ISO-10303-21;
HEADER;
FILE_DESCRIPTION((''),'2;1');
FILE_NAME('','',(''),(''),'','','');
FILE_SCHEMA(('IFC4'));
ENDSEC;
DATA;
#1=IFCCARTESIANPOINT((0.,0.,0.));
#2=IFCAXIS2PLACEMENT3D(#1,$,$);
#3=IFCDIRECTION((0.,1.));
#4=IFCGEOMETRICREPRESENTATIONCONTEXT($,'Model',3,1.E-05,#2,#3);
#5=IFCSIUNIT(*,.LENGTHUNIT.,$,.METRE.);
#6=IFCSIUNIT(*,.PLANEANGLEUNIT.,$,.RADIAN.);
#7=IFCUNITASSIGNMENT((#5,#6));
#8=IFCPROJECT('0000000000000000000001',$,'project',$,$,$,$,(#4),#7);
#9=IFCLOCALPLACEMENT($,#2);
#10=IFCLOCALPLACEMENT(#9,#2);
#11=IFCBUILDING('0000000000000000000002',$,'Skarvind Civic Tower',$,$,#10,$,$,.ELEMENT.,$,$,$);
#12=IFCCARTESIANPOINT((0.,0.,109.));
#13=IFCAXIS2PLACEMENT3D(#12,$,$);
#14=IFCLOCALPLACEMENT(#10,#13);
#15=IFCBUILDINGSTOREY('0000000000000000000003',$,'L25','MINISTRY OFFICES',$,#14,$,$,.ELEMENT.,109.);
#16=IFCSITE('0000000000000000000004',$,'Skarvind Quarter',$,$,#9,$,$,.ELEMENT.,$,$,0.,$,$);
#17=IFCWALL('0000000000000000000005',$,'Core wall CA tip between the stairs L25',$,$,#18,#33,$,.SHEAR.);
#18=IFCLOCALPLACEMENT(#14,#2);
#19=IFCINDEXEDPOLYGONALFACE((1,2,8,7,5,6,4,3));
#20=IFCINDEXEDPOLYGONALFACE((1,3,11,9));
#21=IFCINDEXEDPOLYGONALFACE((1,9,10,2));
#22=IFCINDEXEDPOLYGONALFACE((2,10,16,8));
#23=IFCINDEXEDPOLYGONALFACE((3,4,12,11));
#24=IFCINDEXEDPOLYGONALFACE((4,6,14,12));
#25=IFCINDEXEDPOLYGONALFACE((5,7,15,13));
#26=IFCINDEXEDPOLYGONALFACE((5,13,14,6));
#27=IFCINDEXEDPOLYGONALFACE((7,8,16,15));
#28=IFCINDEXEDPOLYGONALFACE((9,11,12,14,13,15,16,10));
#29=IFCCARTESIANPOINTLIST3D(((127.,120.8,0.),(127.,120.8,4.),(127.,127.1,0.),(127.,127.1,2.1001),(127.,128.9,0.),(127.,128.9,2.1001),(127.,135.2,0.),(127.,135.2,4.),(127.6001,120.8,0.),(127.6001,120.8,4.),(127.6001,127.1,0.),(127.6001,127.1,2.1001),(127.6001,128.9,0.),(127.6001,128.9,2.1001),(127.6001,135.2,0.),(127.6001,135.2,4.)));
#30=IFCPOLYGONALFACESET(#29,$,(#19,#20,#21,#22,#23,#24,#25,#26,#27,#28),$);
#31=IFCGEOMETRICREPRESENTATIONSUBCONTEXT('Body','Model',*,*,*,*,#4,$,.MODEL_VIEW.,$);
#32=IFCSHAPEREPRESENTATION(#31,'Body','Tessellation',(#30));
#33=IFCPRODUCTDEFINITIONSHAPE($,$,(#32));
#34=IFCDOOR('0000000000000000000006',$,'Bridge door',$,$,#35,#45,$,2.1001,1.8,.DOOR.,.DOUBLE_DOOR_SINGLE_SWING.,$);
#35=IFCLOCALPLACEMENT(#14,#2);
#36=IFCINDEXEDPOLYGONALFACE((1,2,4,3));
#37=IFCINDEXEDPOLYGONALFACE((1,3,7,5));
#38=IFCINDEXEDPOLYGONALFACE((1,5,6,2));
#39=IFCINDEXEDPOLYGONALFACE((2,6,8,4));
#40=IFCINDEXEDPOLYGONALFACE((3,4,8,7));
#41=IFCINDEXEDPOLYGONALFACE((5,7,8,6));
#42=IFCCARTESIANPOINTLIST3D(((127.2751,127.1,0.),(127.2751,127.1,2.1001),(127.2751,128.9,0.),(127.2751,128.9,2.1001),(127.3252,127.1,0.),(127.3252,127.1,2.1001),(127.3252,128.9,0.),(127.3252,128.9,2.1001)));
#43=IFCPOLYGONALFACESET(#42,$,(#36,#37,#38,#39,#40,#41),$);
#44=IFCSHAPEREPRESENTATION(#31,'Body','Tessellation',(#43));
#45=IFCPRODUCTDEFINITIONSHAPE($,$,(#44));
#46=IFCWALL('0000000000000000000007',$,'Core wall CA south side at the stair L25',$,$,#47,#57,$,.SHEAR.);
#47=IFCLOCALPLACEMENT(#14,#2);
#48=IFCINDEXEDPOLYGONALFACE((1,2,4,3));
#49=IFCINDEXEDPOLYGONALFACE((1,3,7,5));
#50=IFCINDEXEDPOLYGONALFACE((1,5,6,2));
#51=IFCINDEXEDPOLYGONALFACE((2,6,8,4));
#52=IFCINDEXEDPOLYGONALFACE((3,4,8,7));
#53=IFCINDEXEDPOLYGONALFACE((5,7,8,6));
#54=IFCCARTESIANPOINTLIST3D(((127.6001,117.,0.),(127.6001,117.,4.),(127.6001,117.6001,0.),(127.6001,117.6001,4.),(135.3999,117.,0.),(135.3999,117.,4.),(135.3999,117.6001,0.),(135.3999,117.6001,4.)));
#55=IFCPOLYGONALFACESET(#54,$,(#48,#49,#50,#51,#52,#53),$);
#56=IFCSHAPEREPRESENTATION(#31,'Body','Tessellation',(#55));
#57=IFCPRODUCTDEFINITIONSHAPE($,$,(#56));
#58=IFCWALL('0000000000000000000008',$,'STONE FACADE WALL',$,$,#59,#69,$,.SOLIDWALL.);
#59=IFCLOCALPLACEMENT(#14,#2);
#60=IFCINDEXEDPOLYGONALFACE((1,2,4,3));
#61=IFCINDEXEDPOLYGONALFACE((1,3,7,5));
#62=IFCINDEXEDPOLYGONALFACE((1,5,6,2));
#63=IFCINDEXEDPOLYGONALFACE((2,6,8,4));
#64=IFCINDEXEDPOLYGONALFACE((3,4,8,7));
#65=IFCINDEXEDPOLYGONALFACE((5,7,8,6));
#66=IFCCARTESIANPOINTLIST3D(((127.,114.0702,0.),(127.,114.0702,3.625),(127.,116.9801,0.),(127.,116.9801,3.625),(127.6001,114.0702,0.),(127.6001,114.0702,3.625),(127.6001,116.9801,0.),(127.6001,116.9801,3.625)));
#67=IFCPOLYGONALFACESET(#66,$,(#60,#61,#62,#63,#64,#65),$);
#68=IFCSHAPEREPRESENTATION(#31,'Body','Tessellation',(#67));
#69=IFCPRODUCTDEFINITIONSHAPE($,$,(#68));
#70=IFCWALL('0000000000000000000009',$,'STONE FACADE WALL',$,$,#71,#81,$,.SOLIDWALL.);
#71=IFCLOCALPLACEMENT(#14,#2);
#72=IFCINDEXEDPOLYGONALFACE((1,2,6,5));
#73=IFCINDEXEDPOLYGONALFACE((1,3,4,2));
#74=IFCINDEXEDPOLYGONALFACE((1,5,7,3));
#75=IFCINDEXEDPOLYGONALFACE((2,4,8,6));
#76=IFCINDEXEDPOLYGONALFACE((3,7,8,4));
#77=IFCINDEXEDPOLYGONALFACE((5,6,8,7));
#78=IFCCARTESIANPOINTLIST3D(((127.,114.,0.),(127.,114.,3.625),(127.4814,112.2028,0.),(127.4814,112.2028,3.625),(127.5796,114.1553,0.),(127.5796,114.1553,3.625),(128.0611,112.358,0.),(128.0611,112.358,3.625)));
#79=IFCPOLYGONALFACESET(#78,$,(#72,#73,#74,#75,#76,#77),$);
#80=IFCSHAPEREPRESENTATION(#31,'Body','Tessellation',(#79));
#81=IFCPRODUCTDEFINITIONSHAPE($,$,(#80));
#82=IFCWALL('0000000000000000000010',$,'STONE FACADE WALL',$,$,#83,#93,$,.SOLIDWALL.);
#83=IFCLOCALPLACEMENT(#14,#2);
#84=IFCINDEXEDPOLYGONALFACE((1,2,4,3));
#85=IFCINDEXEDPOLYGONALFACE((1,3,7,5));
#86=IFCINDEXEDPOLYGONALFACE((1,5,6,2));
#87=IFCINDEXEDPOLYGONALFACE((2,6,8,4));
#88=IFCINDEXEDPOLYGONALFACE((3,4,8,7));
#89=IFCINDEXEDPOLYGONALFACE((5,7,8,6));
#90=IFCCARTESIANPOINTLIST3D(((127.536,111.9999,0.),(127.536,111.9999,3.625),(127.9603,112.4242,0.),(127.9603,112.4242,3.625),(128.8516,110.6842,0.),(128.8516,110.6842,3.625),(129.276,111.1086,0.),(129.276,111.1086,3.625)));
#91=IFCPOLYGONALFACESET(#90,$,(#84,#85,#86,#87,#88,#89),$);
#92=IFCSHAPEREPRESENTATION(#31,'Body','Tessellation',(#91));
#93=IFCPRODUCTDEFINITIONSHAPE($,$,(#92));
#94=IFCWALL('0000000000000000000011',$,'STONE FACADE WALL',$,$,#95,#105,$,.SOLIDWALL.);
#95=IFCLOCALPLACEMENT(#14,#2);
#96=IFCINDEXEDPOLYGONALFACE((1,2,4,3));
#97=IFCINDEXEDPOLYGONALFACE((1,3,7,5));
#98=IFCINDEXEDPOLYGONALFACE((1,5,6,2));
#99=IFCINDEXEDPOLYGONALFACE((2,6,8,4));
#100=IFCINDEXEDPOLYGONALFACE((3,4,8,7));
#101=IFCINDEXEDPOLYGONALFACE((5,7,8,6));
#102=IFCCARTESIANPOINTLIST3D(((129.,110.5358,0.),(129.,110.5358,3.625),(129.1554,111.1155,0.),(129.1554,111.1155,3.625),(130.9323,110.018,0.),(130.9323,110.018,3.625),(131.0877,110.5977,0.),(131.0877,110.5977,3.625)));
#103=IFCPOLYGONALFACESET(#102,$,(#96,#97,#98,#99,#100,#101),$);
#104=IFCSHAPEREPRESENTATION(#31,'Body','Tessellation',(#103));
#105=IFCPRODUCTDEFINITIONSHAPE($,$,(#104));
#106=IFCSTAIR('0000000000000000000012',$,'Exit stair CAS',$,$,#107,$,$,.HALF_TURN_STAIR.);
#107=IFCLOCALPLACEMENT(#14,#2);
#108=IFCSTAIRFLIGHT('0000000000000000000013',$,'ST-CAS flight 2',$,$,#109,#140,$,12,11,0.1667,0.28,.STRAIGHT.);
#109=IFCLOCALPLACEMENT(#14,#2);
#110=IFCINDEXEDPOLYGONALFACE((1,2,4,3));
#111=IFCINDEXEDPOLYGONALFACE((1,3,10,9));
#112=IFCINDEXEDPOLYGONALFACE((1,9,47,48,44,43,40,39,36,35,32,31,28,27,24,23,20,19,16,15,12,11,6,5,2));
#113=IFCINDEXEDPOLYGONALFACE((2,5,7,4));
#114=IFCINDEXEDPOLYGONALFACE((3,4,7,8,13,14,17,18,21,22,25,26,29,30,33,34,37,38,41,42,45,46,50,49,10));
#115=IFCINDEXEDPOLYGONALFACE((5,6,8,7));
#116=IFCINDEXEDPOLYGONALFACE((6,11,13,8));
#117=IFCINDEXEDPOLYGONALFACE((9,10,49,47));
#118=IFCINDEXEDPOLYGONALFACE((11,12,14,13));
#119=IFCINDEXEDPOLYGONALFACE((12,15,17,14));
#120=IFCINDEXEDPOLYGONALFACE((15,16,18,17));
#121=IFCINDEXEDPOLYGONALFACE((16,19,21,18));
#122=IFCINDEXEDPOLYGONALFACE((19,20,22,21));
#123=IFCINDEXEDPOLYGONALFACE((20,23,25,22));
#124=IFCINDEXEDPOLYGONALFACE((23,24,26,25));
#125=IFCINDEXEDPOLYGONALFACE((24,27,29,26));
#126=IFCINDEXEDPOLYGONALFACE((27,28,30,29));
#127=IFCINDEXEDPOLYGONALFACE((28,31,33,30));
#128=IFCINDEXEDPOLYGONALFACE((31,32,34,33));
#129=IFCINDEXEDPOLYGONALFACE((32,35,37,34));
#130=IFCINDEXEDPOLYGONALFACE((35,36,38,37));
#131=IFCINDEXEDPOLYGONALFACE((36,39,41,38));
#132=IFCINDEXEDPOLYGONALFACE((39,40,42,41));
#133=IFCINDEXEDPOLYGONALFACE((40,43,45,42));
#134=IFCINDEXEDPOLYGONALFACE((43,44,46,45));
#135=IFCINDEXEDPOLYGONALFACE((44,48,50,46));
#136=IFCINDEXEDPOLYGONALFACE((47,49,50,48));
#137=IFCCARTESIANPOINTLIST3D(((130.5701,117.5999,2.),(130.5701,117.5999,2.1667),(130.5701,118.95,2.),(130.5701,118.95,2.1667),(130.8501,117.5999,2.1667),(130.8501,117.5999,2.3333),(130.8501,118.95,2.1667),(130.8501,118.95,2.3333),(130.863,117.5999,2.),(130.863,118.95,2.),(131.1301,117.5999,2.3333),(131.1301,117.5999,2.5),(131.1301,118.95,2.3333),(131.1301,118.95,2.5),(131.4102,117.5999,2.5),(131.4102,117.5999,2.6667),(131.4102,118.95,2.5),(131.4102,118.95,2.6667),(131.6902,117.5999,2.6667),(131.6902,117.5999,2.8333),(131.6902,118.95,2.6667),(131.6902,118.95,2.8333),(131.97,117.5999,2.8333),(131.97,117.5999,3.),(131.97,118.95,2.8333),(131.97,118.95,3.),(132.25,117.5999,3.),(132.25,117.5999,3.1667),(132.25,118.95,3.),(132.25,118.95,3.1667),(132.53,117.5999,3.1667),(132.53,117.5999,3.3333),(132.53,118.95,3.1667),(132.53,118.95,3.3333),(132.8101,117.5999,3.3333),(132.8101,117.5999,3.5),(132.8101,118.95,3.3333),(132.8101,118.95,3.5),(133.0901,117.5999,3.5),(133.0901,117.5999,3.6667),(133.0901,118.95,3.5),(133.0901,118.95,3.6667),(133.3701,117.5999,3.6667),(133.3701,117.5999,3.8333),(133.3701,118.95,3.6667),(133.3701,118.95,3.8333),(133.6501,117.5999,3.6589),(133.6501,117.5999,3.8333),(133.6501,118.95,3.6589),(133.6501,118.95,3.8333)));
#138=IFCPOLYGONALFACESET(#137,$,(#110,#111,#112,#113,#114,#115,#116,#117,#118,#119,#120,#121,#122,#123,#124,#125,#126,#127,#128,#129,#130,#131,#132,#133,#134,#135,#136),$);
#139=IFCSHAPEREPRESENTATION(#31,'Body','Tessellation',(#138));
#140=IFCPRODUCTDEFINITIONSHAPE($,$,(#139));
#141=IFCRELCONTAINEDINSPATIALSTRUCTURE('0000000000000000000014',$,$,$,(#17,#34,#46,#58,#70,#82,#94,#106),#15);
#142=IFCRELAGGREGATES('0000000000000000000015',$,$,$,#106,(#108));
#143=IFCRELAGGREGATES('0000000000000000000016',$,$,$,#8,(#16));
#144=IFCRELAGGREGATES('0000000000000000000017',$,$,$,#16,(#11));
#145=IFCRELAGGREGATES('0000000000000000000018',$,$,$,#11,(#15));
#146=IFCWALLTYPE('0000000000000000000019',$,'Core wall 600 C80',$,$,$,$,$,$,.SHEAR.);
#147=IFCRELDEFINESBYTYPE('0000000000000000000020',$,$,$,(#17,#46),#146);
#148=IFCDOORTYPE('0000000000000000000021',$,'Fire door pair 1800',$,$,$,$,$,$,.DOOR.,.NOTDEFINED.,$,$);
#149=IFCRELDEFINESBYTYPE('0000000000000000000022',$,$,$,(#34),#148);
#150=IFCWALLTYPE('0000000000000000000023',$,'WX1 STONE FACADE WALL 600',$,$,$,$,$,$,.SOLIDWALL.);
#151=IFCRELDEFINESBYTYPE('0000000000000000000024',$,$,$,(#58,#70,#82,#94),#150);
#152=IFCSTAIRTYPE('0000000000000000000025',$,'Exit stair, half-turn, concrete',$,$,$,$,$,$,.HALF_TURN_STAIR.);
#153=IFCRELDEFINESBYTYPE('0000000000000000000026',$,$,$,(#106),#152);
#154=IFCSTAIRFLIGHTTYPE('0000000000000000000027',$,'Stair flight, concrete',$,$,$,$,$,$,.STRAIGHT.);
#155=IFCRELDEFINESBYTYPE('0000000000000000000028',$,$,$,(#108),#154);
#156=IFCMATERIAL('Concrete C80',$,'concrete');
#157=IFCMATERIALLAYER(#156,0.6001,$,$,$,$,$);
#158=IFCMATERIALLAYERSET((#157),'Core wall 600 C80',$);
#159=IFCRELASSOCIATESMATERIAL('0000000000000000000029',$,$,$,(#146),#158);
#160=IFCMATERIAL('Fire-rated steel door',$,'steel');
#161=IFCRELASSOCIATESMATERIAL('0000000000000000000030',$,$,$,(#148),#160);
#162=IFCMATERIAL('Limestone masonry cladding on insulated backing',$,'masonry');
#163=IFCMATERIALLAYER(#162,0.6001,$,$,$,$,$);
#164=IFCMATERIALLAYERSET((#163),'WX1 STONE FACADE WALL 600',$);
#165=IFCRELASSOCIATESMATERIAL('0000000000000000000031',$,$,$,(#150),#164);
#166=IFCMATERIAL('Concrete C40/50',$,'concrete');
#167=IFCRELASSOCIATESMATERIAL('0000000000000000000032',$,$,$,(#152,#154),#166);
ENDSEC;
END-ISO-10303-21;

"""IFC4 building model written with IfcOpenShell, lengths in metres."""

from ifc_helpers import new_model, si_unit, direction, frame, frame_2d, origin, place, context, subcontext, project, spatial, polyline, rectangle, outline, extrude, material, layer, layer_set, type_object, element, fill, aggregate, save


model = new_model("IFC4")

# Units and contexts
model_context = context("Model", 3, precision=1e-05, world=origin(), true_north=direction((0.0, 1.0)))
body_context = subcontext(model_context, "Body", "Model", "MODEL_VIEW")
ifc_project = project(units=[si_unit("LENGTHUNIT", "METRE"), si_unit("PLANEANGLEUNIT", "RADIAN")], contexts=[model_context])

# Site, building, storey
site_placement = place(None, origin())
site = spatial("IfcSite", under=ifc_project, at=site_placement, Name="Skarvind Quarter", CompositionType="ELEMENT", RefElevation=0.0)
building_placement = place(site_placement, origin())
building = spatial("IfcBuilding", under=site, at=building_placement, Name="Skarvind Civic Tower", CompositionType="ELEMENT")
storey_placement = place(building_placement, frame((0.0, 0.0, 109.0)))
storey = spatial("IfcBuildingStorey", under=building, at=storey_placement, Name="L25", Description="MINISTRY OFFICES", CompositionType="ELEMENT", Elevation=109.0)

# Shared definitions
ifc_material_1 = material(Name="Concrete C80", Category="concrete")

# Shared definitions
ifc_layer_1 = layer(ifc_material_1, 0.6001)
ifc_layer_set_1 = layer_set([ifc_layer_1], Name="Core wall 600 C80")
wall_type_1 = type_object("IfcWallType", Name="Core wall 600 C80", PredefinedType="SHEAR", material=ifc_layer_set_1)

# Wall, opening, door
wall_1_placement = place(storey_placement, frame((127.3, 120.8, 0.0), z_axis=(0.0, 0.0, 1.0), x_axis=(0.0, 1.0, 0.0)))
wall_1 = element("IfcWall", 1, at=wall_1_placement, inside=storey, type_object=wall_type_1, Name="Core wall CA tip between the stairs L25", PredefinedType="SHEAR", context=body_context, shape_type="SweptSolid", body=[
    extrude(rectangle(XDim=14.3999, YDim=0.6001, at=frame_2d((7.2, 0.0))), origin(), (0.0, 0.0, 1.0), 4.0),
])
opening_1_placement = place(wall_1_placement, frame((6.3, 0.0, 0.0)))
opening_1 = element("IfcOpeningElement", 2, at=opening_1_placement, cuts=wall_1, PredefinedType="OPENING", context=body_context, shape_type="SweptSolid", body=[
    extrude(rectangle(XDim=1.8, YDim=2.1001, at=frame_2d((0.8999, 1.05))), frame((0.0, 0.3101, 0.0), z_axis=(0.0, -1.0, 0.0), x_axis=(1.0, 0.0, 0.0)), (0.0, 0.0, 1.0), 0.6201),
])
ifc_material_2 = material(Name="Fire-rated steel door", Category="steel")
door_type_1 = type_object("IfcDoorType", Name="Fire door pair 1800", OperationType="NOTDEFINED", PredefinedType="DOOR", material=ifc_material_2)
door_1_placement = place(opening_1_placement, origin())
door_1 = element("IfcDoor", 3, at=door_1_placement, inside=storey, type_object=door_type_1, Name="Bridge door", OperationType="DOUBLE_DOOR_SINGLE_SWING", OverallHeight=2.1001, OverallWidth=1.8, PredefinedType="DOOR", context=body_context, shape_type="SweptSolid", body=[
    extrude(rectangle(XDim=1.8, YDim=2.1001, at=frame_2d((0.8999, 1.05))), frame((0.0, 0.0249, 0.0), z_axis=(0.0, -1.0, 0.0), x_axis=(1.0, 0.0, 0.0)), (0.0, 0.0, 1.0), 0.05),
])
fill(opening_1, door_1)

# Walls
wall_2_placement = place(storey_placement, frame((127.6001, 117.3, 0.0), z_axis=(0.0, 0.0, 1.0), x_axis=(1.0, 0.0, 0.0)))
element("IfcWall", 4, at=wall_2_placement, inside=storey, type_object=wall_type_1, Name="Core wall CA south side at the stair L25", PredefinedType="SHEAR", context=body_context, shape_type="SweptSolid", body=[
    extrude(rectangle(XDim=7.7998, YDim=0.6001, at=frame_2d((3.8999, 0.0))), origin(), (0.0, 0.0, 1.0), 4.0),
])
ifc_material_3 = material(Name="Limestone masonry cladding on insulated backing", Category="masonry")
ifc_layer_2 = layer(ifc_material_3, 0.6001)
ifc_layer_set_2 = layer_set([ifc_layer_2], Name="WX1 STONE FACADE WALL 600")
wall_type_2 = type_object("IfcWallType", Name="WX1 STONE FACADE WALL 600", PredefinedType="SOLIDWALL", material=ifc_layer_set_2)
wall_3_placement = place(storey_placement, frame((127.3, 114.0701, 0.0), z_axis=(0.0, 0.0, 1.0), x_axis=(0.0, 1.0, 0.0)))
element("IfcWall", 5, at=wall_3_placement, inside=storey, type_object=wall_type_2, Name="STONE FACADE WALL", PredefinedType="SOLIDWALL", context=body_context, shape_type="SweptSolid", body=[
    extrude(rectangle(XDim=2.9099, YDim=0.6001, at=frame_2d((1.4551, 0.0))), origin(), (0.0, 0.0, 1.0), 3.625),
])
for number, where, z_axis, x_axis, name in (
    (6, (127.7712, 112.2805, 0.0), (0.0, 0.0, 1.0), (-0.258773, 0.965938, 0.0), "STONE FACADE WALL"),
    (7, (129.0637, 110.8965, 0.0), (0.0, 0.0, 1.0), (-0.707107, 0.707107, 0.0), "STONE FACADE WALL"),
):
    element("IfcWall", number, at=place(storey_placement, frame(where, z_axis=z_axis, x_axis=x_axis)), inside=storey, type_object=wall_type_2, Name=name, PredefinedType="SOLIDWALL", context=body_context, shape_type="SweptSolid", body=[
        extrude(rectangle(XDim=1.8606, YDim=0.6001, at=frame_2d((0.9302, 0.0))), origin(), (0.0, 0.0, 1.0), 3.625),
    ])
wall_4_placement = place(storey_placement, frame((131.01, 110.3079, 0.0), z_axis=(0.0, 0.0, 1.0), x_axis=(-0.96592, 0.25884, 0.0)))
element("IfcWall", 8, at=wall_4_placement, inside=storey, type_object=wall_type_2, Name="STONE FACADE WALL", PredefinedType="SOLIDWALL", context=body_context, shape_type="SweptSolid", body=[
    extrude(rectangle(XDim=2.0005, YDim=0.6001, at=frame_2d((1.0002, 0.0))), origin(), (0.0, 0.0, 1.0), 3.625),
])

# Stair, stair flight
ifc_material_4 = material(Name="Concrete C40/50", Category="concrete")
stair_type = type_object("IfcStairType", Name="Exit stair, half-turn, concrete", PredefinedType="HALF_TURN_STAIR", material=ifc_material_4)
stair_placement = place(storey_placement, origin())
stair = element("IfcStair", 9, at=stair_placement, inside=storey, type_object=stair_type, Name="Exit stair CAS", PredefinedType="HALF_TURN_STAIR")
stair_flight_type = type_object("IfcStairFlightType", Name="Stair flight, concrete", PredefinedType="STRAIGHT", material=ifc_material_4)
stair_flight_placement = place(storey_placement, frame((130.5701, 118.2749, 2.0), z_axis=(0.0, 0.0, 1.0), x_axis=(1.0, 0.0, 0.0)))
stair_flight = element("IfcStairFlight", 10, at=stair_flight_placement, type_object=stair_flight_type, Name="ST-CAS flight 2", NumberOfRisers=12, NumberOfTreads=11, PredefinedType="STRAIGHT", RiserHeight=0.1667, TreadLength=0.28, context=body_context, shape_type="SweptSolid", body=[
    extrude(outline(polyline([(0.0, 0.0), (0.0, 0.1667), (0.28, 0.1667), (0.28, 0.3333), (0.5601, 0.3333), (0.5601, 0.5), (0.8401, 0.5), (0.8401, 0.6667), (1.1201, 0.6667), (1.1201, 0.8333), (1.3999, 0.8333), (1.3999, 1.0), (1.6799, 1.0), (1.6799, 1.1667), (1.96, 1.1667), (1.96, 1.3333), (2.24, 1.3333), (2.24, 1.5), (2.52, 1.5), (2.52, 1.6667), (2.8, 1.6667), (2.8, 1.8333), (3.0801, 1.8333), (3.0801, 2.0), (3.0801, 1.6589), (0.293, 0.0), (0.0, 0.0)])), frame((0.0, 0.675, 0.0), z_axis=(0.0, -1.0, 0.0), x_axis=(1.0, 0.0, 0.0)), (0.0, 0.0, 1.0), 1.3501),
])
aggregate(stair, [stair_flight])

save(model, "model.ifc")
